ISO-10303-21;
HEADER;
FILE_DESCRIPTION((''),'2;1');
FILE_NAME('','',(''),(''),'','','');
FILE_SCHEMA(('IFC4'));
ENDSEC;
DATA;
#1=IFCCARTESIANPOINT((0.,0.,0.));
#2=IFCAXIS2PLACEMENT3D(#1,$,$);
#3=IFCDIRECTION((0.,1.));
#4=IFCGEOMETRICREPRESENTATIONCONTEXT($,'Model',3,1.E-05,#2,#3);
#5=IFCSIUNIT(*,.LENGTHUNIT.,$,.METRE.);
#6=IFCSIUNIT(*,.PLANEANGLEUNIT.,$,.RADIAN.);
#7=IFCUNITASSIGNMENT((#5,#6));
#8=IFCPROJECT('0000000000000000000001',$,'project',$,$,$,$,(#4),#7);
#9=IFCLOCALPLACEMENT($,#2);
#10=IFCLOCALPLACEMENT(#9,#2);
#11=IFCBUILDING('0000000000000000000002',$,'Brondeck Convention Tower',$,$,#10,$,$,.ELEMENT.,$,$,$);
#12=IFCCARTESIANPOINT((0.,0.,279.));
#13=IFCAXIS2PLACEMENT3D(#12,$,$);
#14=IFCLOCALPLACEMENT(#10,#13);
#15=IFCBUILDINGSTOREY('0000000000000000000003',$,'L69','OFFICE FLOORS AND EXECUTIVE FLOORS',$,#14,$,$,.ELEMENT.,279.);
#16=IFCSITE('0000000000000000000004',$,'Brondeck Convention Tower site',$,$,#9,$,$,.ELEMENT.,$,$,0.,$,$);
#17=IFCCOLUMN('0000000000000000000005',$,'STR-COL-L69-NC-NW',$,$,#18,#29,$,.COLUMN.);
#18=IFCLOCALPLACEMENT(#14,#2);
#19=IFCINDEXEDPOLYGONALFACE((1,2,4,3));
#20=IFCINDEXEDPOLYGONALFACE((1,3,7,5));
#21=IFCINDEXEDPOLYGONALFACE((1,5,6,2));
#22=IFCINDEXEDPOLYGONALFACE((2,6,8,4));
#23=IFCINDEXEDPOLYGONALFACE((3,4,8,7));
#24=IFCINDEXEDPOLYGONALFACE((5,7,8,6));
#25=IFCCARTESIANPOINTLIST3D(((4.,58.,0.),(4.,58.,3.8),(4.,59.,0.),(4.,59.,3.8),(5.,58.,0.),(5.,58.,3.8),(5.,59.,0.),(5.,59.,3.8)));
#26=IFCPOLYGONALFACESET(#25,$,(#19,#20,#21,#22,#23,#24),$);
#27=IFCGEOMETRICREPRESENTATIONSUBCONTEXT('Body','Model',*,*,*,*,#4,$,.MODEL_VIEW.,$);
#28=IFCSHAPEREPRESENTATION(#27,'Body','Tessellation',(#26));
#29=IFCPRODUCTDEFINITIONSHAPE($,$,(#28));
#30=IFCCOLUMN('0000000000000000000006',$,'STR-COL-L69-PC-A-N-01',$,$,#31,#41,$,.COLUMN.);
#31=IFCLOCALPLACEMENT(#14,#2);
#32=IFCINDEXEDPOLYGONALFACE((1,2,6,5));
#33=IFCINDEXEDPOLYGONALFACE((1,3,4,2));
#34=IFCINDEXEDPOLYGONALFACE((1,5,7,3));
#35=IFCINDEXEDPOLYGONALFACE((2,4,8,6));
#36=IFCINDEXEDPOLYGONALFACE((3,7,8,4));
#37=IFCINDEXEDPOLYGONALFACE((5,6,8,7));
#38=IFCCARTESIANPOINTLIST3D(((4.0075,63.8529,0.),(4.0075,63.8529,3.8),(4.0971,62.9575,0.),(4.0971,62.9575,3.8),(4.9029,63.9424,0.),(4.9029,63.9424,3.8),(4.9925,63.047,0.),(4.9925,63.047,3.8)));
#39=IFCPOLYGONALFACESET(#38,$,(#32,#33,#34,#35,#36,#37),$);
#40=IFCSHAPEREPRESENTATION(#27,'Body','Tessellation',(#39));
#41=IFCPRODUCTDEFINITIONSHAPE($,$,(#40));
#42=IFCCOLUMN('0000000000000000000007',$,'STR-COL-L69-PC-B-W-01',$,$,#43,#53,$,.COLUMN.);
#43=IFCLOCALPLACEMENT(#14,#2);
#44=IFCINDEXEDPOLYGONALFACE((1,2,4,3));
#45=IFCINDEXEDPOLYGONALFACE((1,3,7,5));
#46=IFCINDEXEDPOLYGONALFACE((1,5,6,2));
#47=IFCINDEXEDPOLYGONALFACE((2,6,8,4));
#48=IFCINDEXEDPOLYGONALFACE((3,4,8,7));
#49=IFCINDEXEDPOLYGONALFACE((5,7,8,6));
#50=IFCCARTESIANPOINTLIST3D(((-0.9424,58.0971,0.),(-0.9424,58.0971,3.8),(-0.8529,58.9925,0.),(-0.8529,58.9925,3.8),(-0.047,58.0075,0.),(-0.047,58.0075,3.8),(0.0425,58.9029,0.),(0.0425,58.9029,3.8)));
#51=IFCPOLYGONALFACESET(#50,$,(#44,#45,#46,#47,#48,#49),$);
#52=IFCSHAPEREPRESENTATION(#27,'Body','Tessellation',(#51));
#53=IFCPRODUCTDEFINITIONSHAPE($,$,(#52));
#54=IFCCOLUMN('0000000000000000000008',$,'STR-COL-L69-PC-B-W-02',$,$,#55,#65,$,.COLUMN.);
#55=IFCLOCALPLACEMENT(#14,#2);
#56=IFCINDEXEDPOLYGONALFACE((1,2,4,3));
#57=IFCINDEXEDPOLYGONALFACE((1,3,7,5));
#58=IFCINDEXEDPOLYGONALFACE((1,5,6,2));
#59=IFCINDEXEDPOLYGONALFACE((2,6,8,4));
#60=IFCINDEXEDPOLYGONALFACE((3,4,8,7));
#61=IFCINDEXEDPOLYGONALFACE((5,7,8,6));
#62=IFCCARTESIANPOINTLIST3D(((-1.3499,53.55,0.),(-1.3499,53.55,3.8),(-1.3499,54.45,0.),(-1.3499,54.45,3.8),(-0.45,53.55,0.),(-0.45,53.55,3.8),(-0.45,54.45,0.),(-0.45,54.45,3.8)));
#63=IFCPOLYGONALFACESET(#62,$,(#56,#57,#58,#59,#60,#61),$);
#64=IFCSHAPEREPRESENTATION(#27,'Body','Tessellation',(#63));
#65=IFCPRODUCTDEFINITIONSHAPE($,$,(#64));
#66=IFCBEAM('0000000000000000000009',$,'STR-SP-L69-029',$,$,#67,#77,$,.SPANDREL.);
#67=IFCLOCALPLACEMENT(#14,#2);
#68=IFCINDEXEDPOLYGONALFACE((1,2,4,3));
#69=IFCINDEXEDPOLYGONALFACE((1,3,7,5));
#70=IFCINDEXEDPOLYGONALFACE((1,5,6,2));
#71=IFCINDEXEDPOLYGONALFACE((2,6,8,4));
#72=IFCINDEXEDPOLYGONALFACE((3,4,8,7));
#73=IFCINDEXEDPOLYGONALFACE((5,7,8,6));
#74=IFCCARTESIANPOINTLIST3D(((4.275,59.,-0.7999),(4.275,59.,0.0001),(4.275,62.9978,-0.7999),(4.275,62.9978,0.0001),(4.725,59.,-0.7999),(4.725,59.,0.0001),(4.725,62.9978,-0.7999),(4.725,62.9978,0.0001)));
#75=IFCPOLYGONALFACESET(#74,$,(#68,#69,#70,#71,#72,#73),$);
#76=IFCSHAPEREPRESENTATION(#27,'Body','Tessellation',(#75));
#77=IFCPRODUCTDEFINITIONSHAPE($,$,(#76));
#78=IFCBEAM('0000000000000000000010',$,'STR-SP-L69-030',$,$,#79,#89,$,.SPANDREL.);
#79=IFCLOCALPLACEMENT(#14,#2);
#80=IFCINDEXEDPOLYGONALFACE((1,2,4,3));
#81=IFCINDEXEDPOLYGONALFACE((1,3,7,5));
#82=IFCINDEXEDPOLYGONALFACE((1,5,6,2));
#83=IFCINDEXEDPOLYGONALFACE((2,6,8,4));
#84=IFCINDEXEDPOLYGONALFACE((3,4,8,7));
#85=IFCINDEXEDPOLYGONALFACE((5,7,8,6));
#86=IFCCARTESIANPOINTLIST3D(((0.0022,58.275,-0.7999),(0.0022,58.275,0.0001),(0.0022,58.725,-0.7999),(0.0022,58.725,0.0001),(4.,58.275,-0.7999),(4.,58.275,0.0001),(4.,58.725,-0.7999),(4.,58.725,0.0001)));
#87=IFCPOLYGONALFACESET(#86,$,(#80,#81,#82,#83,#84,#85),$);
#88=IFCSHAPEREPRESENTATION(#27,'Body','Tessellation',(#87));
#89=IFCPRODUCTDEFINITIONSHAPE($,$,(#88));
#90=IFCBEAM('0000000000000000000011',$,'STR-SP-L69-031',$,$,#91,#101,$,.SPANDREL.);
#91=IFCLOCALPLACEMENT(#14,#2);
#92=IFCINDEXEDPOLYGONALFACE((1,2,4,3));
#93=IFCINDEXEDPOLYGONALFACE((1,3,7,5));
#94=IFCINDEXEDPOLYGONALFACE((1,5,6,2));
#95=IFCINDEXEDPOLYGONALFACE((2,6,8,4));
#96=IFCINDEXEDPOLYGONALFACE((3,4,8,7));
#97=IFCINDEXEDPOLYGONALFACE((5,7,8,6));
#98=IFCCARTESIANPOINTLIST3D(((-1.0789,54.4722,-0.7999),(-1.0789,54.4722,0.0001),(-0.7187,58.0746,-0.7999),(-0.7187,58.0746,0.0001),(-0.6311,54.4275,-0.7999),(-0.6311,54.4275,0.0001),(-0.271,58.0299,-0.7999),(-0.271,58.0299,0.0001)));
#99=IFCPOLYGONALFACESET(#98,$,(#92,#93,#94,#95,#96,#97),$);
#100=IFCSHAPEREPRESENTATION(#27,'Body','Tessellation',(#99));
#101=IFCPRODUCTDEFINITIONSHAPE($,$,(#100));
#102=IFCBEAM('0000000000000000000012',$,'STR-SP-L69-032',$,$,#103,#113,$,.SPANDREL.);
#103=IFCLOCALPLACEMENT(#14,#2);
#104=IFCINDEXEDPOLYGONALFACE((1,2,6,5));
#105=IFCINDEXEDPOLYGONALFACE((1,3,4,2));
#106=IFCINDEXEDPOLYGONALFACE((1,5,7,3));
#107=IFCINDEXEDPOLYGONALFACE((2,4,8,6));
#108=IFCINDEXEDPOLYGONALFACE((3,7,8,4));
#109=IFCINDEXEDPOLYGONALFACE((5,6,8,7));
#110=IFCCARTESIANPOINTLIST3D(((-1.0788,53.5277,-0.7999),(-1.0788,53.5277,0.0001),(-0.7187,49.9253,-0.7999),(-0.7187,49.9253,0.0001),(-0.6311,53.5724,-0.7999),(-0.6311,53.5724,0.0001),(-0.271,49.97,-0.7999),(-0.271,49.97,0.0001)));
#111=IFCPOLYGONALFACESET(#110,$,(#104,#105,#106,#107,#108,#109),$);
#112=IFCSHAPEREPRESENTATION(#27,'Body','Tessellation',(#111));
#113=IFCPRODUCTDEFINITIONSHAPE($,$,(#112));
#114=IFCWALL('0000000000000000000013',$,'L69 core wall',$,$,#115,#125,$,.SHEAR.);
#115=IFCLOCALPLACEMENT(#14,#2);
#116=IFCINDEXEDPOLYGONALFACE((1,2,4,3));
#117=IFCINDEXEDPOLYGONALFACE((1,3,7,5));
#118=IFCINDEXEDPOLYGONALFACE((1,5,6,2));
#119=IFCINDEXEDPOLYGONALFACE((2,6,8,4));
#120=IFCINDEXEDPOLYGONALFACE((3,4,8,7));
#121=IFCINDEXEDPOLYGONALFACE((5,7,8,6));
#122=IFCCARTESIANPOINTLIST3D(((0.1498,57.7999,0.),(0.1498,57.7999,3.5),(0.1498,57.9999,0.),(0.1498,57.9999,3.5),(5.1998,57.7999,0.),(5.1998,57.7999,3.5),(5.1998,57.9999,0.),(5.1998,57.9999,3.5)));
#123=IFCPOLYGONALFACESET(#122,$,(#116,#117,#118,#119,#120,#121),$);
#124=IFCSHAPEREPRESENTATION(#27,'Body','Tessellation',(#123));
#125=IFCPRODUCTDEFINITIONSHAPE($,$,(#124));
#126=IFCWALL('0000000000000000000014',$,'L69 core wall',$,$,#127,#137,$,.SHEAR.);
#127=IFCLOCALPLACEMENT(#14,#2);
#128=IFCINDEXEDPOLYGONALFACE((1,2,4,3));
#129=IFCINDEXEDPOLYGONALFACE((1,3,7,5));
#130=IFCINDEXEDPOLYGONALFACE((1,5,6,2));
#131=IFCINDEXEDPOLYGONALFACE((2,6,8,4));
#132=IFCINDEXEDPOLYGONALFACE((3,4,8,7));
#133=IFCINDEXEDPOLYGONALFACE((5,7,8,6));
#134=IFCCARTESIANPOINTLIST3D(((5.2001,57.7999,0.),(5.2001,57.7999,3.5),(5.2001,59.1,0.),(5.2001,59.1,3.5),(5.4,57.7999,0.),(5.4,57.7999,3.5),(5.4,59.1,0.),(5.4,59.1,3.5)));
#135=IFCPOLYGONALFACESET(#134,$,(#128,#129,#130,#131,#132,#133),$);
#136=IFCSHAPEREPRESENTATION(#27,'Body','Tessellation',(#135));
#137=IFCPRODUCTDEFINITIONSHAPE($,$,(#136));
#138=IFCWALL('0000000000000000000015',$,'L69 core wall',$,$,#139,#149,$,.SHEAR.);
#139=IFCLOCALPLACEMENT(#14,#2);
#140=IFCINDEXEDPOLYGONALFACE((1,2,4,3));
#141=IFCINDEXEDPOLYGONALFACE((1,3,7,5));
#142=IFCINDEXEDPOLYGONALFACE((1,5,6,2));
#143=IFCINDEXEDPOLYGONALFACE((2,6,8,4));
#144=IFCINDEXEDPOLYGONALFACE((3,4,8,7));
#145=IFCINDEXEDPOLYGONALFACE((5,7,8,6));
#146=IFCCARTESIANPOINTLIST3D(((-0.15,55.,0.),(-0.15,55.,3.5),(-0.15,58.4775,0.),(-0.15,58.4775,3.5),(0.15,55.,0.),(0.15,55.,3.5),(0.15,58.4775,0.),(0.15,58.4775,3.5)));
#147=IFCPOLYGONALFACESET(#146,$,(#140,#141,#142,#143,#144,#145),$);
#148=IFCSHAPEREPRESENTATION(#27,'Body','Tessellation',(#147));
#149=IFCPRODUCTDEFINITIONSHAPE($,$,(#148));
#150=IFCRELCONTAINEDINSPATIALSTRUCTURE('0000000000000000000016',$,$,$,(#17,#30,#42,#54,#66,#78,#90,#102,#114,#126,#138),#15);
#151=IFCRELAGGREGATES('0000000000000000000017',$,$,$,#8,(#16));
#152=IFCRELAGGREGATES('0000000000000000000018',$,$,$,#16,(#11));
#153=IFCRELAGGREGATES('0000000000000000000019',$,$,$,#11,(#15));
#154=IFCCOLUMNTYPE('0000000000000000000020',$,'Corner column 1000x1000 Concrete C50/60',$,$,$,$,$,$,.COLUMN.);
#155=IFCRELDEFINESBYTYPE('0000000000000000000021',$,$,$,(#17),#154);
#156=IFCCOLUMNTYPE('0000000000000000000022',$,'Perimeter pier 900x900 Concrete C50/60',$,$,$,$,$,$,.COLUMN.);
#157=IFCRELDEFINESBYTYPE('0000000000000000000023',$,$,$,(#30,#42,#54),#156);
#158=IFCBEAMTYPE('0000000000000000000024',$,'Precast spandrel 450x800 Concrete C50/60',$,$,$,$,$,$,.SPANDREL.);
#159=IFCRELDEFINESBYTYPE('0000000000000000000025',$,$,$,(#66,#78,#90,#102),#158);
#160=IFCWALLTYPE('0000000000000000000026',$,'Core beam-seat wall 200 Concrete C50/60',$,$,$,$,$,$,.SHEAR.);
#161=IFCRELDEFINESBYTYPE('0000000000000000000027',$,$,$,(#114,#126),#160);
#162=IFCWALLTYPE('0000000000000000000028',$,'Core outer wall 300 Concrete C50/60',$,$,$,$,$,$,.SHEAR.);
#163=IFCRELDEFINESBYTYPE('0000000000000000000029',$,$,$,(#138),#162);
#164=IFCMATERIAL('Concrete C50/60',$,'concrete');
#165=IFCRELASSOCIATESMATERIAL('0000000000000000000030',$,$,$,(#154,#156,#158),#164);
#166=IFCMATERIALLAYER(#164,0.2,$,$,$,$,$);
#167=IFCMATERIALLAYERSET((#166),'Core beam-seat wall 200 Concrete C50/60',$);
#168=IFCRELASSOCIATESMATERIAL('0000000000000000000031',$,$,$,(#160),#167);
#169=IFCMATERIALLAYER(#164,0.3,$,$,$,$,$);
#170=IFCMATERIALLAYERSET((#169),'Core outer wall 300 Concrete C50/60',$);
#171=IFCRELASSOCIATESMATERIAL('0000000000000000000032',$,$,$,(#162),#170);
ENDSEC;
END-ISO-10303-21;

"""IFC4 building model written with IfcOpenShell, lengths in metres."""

from ifc_helpers import new_model, si_unit, direction, frame, frame_2d, origin, origin_2d, place, context, subcontext, project, spatial, rectangle, extrude, material, layer, layer_set, material_profile, profile_set, type_object, element, save


model = new_model("IFC4")

# Units and contexts
model_context = context("Model", 3, precision=1e-05, world=origin(), true_north=direction((0.0, 1.0)))
body_context = subcontext(model_context, "Body", "Model", "MODEL_VIEW")
ifc_project = project(units=[si_unit("LENGTHUNIT", "METRE"), si_unit("PLANEANGLEUNIT", "RADIAN")], contexts=[model_context])

# Site, building, storey
site_placement = place(None, origin())
site = spatial("IfcSite", under=ifc_project, at=site_placement, Name="Brondeck Convention Tower site", CompositionType="ELEMENT", RefElevation=0.0)
building_placement = place(site_placement, origin())
building = spatial("IfcBuilding", under=site, at=building_placement, Name="Brondeck Convention Tower", CompositionType="ELEMENT")
storey_placement = place(building_placement, frame((0.0, 0.0, 279.0)))
storey = spatial("IfcBuildingStorey", under=building, at=storey_placement, Name="L69", Description="OFFICE FLOORS AND EXECUTIVE FLOORS", CompositionType="ELEMENT", Elevation=279.0)

# Columns
ifc_material_1 = material(Name="Concrete C50/60", Category="concrete")
ifc_material_profile_1 = material_profile(ifc_material_1, rectangle(XDim=1.0, YDim=1.0, at=origin_2d()), Name="Corner column 1000x1000 Concrete C50/60")
ifc_profile_set_1 = profile_set([ifc_material_profile_1], Name="Concrete C50/60")
column_type_1 = type_object("IfcColumnType", Name="Corner column 1000x1000 Concrete C50/60", PredefinedType="COLUMN", material=ifc_profile_set_1)
column_placement = place(storey_placement, frame((4.5, 58.5, 0.0), z_axis=(0.0, 0.0, 1.0), x_axis=(1.0, 0.0, 0.0)))
element("IfcColumn", 1, at=column_placement, inside=storey, type_object=column_type_1, Name="STR-COL-L69-NC-NW", PredefinedType="COLUMN", context=body_context, shape_type="SweptSolid", body=[
    extrude(rectangle(XDim=1.0, YDim=1.0, at=origin_2d()), origin(), (0.0, 0.0, 1.0), 3.8),
])
ifc_material_profile_2 = material_profile(ifc_material_1, rectangle(XDim=0.8999, YDim=0.8999, at=origin_2d()), Name="Perimeter pier 900x900 Concrete C50/60")
ifc_profile_set_2 = profile_set([ifc_material_profile_2], Name="Concrete C50/60")
column_type_2 = type_object("IfcColumnType", Name="Perimeter pier 900x900 Concrete C50/60", PredefinedType="COLUMN", material=ifc_profile_set_2)
for number, where, z_axis, x_axis, name in (
    (2, (4.5, 63.45, 0.0), (0.0, 0.0, 1.0), (-0.995037, -0.099504, 0.0), "STR-COL-L69-PC-A-N-01"),
    (3, (-0.45, 58.5, 0.0), (0.0, 0.0, 1.0), (-0.099504, -0.995037, 0.0), "STR-COL-L69-PC-B-W-01"),
    (4, (-0.8999, 54.0, 0.0), (0.0, 0.0, 1.0), (0.0, -1.0, 0.0), "STR-COL-L69-PC-B-W-02"),
):
    element("IfcColumn", number, at=place(storey_placement, frame(where, z_axis=z_axis, x_axis=x_axis)), inside=storey, type_object=column_type_2, Name=name, PredefinedType="COLUMN", context=body_context, shape_type="SweptSolid", body=[
        extrude(rectangle(XDim=0.8999, YDim=0.8999, at=origin_2d()), origin(), (0.0, 0.0, 1.0), 3.8),
    ])

# Beams
ifc_material_profile_3 = material_profile(ifc_material_1, rectangle(XDim=0.45, YDim=0.8, at=origin_2d()), Name="Precast spandrel 450x800 Concrete C50/60")
ifc_profile_set_3 = profile_set([ifc_material_profile_3], Name="Concrete C50/60")
beam_type = type_object("IfcBeamType", Name="Precast spandrel 450x800 Concrete C50/60", PredefinedType="SPANDREL", material=ifc_profile_set_3)
for number, where, z_axis, x_axis, name in (
    (5, (4.5, 62.9978, -0.3999), (0.0, -1.0, 0.0), (1.0, 0.0, 0.0), "STR-SP-L69-029"),
    (6, (4.0, 58.5, -0.3999), (-1.0, 0.0, 0.0), (0.0, -1.0, 0.0), "STR-SP-L69-030"),
):
    element("IfcBeam", number, at=place(storey_placement, frame(where, z_axis=z_axis, x_axis=x_axis)), inside=storey, type_object=beam_type, Name=name, PredefinedType="SPANDREL", context=body_context, shape_type="SweptSolid", body=[
        extrude(rectangle(XDim=0.45, YDim=0.8, at=origin_2d()), origin(), (0.0, 0.0, 1.0), 3.9978),
    ])
for number, where, z_axis, x_axis, name in (
    (7, (-0.4949, 58.0522, -0.3999), (-0.09947, -0.995041, 0.0), (0.995041, -0.09947, 0.0), "STR-SP-L69-031"),
    (8, (-0.855, 53.55, -0.3999), (0.09947, -0.995041, 0.0), (0.995041, 0.09947, 0.0), "STR-SP-L69-032"),
):
    element("IfcBeam", number, at=place(storey_placement, frame(where, z_axis=z_axis, x_axis=x_axis)), inside=storey, type_object=beam_type, Name=name, PredefinedType="SPANDREL", context=body_context, shape_type="SweptSolid", body=[
        extrude(rectangle(XDim=0.45, YDim=0.8, at=origin_2d()), origin(), (0.0, 0.0, 1.0), 3.6204),
    ])

# Walls
ifc_layer_1 = layer(ifc_material_1, 0.2)
ifc_layer_set_1 = layer_set([ifc_layer_1], Name="Core beam-seat wall 200 Concrete C50/60")
wall_type_1 = type_object("IfcWallType", Name="Core beam-seat wall 200 Concrete C50/60", PredefinedType="SHEAR", material=ifc_layer_set_1)
wall_1_placement = place(storey_placement, frame((0.1499, 57.8999, 0.0), z_axis=(0.0, 0.0, 1.0), x_axis=(1.0, 0.0, 0.0)))
element("IfcWall", 9, at=wall_1_placement, inside=storey, type_object=wall_type_1, Name="L69 core wall", PredefinedType="SHEAR", context=body_context, shape_type="SweptSolid", body=[
    extrude(rectangle(XDim=5.05, YDim=0.2, at=frame_2d((2.5249, 0.0))), origin(), (0.0, 0.0, 1.0), 3.5),
])
wall_2_placement = place(storey_placement, frame((5.3, 57.8, 0.0), z_axis=(0.0, 0.0, 1.0), x_axis=(0.0, 1.0, 0.0)))
element("IfcWall", 10, at=wall_2_placement, inside=storey, type_object=wall_type_1, Name="L69 core wall", PredefinedType="SHEAR", context=body_context, shape_type="SweptSolid", body=[
    extrude(rectangle(XDim=1.3, YDim=0.2, at=frame_2d((0.6499, 0.0))), origin(), (0.0, 0.0, 1.0), 3.5),
])
ifc_layer_2 = layer(ifc_material_1, 0.3)
ifc_layer_set_2 = layer_set([ifc_layer_2], Name="Core outer wall 300 Concrete C50/60")
wall_type_2 = type_object("IfcWallType", Name="Core outer wall 300 Concrete C50/60", PredefinedType="SHEAR", material=ifc_layer_set_2)
wall_3_placement = place(storey_placement, frame((0.0, 55.0, 0.0), z_axis=(0.0, 0.0, 1.0), x_axis=(0.0, 1.0, 0.0)))
element("IfcWall", 11, at=wall_3_placement, inside=storey, type_object=wall_type_2, Name="L69 core wall", PredefinedType="SHEAR", context=body_context, shape_type="SweptSolid", body=[
    extrude(rectangle(XDim=3.4775, YDim=0.3, at=frame_2d((1.7388, 0.0))), origin(), (0.0, 0.0, 1.0), 3.5),
])

save(model, "model.ifc")
